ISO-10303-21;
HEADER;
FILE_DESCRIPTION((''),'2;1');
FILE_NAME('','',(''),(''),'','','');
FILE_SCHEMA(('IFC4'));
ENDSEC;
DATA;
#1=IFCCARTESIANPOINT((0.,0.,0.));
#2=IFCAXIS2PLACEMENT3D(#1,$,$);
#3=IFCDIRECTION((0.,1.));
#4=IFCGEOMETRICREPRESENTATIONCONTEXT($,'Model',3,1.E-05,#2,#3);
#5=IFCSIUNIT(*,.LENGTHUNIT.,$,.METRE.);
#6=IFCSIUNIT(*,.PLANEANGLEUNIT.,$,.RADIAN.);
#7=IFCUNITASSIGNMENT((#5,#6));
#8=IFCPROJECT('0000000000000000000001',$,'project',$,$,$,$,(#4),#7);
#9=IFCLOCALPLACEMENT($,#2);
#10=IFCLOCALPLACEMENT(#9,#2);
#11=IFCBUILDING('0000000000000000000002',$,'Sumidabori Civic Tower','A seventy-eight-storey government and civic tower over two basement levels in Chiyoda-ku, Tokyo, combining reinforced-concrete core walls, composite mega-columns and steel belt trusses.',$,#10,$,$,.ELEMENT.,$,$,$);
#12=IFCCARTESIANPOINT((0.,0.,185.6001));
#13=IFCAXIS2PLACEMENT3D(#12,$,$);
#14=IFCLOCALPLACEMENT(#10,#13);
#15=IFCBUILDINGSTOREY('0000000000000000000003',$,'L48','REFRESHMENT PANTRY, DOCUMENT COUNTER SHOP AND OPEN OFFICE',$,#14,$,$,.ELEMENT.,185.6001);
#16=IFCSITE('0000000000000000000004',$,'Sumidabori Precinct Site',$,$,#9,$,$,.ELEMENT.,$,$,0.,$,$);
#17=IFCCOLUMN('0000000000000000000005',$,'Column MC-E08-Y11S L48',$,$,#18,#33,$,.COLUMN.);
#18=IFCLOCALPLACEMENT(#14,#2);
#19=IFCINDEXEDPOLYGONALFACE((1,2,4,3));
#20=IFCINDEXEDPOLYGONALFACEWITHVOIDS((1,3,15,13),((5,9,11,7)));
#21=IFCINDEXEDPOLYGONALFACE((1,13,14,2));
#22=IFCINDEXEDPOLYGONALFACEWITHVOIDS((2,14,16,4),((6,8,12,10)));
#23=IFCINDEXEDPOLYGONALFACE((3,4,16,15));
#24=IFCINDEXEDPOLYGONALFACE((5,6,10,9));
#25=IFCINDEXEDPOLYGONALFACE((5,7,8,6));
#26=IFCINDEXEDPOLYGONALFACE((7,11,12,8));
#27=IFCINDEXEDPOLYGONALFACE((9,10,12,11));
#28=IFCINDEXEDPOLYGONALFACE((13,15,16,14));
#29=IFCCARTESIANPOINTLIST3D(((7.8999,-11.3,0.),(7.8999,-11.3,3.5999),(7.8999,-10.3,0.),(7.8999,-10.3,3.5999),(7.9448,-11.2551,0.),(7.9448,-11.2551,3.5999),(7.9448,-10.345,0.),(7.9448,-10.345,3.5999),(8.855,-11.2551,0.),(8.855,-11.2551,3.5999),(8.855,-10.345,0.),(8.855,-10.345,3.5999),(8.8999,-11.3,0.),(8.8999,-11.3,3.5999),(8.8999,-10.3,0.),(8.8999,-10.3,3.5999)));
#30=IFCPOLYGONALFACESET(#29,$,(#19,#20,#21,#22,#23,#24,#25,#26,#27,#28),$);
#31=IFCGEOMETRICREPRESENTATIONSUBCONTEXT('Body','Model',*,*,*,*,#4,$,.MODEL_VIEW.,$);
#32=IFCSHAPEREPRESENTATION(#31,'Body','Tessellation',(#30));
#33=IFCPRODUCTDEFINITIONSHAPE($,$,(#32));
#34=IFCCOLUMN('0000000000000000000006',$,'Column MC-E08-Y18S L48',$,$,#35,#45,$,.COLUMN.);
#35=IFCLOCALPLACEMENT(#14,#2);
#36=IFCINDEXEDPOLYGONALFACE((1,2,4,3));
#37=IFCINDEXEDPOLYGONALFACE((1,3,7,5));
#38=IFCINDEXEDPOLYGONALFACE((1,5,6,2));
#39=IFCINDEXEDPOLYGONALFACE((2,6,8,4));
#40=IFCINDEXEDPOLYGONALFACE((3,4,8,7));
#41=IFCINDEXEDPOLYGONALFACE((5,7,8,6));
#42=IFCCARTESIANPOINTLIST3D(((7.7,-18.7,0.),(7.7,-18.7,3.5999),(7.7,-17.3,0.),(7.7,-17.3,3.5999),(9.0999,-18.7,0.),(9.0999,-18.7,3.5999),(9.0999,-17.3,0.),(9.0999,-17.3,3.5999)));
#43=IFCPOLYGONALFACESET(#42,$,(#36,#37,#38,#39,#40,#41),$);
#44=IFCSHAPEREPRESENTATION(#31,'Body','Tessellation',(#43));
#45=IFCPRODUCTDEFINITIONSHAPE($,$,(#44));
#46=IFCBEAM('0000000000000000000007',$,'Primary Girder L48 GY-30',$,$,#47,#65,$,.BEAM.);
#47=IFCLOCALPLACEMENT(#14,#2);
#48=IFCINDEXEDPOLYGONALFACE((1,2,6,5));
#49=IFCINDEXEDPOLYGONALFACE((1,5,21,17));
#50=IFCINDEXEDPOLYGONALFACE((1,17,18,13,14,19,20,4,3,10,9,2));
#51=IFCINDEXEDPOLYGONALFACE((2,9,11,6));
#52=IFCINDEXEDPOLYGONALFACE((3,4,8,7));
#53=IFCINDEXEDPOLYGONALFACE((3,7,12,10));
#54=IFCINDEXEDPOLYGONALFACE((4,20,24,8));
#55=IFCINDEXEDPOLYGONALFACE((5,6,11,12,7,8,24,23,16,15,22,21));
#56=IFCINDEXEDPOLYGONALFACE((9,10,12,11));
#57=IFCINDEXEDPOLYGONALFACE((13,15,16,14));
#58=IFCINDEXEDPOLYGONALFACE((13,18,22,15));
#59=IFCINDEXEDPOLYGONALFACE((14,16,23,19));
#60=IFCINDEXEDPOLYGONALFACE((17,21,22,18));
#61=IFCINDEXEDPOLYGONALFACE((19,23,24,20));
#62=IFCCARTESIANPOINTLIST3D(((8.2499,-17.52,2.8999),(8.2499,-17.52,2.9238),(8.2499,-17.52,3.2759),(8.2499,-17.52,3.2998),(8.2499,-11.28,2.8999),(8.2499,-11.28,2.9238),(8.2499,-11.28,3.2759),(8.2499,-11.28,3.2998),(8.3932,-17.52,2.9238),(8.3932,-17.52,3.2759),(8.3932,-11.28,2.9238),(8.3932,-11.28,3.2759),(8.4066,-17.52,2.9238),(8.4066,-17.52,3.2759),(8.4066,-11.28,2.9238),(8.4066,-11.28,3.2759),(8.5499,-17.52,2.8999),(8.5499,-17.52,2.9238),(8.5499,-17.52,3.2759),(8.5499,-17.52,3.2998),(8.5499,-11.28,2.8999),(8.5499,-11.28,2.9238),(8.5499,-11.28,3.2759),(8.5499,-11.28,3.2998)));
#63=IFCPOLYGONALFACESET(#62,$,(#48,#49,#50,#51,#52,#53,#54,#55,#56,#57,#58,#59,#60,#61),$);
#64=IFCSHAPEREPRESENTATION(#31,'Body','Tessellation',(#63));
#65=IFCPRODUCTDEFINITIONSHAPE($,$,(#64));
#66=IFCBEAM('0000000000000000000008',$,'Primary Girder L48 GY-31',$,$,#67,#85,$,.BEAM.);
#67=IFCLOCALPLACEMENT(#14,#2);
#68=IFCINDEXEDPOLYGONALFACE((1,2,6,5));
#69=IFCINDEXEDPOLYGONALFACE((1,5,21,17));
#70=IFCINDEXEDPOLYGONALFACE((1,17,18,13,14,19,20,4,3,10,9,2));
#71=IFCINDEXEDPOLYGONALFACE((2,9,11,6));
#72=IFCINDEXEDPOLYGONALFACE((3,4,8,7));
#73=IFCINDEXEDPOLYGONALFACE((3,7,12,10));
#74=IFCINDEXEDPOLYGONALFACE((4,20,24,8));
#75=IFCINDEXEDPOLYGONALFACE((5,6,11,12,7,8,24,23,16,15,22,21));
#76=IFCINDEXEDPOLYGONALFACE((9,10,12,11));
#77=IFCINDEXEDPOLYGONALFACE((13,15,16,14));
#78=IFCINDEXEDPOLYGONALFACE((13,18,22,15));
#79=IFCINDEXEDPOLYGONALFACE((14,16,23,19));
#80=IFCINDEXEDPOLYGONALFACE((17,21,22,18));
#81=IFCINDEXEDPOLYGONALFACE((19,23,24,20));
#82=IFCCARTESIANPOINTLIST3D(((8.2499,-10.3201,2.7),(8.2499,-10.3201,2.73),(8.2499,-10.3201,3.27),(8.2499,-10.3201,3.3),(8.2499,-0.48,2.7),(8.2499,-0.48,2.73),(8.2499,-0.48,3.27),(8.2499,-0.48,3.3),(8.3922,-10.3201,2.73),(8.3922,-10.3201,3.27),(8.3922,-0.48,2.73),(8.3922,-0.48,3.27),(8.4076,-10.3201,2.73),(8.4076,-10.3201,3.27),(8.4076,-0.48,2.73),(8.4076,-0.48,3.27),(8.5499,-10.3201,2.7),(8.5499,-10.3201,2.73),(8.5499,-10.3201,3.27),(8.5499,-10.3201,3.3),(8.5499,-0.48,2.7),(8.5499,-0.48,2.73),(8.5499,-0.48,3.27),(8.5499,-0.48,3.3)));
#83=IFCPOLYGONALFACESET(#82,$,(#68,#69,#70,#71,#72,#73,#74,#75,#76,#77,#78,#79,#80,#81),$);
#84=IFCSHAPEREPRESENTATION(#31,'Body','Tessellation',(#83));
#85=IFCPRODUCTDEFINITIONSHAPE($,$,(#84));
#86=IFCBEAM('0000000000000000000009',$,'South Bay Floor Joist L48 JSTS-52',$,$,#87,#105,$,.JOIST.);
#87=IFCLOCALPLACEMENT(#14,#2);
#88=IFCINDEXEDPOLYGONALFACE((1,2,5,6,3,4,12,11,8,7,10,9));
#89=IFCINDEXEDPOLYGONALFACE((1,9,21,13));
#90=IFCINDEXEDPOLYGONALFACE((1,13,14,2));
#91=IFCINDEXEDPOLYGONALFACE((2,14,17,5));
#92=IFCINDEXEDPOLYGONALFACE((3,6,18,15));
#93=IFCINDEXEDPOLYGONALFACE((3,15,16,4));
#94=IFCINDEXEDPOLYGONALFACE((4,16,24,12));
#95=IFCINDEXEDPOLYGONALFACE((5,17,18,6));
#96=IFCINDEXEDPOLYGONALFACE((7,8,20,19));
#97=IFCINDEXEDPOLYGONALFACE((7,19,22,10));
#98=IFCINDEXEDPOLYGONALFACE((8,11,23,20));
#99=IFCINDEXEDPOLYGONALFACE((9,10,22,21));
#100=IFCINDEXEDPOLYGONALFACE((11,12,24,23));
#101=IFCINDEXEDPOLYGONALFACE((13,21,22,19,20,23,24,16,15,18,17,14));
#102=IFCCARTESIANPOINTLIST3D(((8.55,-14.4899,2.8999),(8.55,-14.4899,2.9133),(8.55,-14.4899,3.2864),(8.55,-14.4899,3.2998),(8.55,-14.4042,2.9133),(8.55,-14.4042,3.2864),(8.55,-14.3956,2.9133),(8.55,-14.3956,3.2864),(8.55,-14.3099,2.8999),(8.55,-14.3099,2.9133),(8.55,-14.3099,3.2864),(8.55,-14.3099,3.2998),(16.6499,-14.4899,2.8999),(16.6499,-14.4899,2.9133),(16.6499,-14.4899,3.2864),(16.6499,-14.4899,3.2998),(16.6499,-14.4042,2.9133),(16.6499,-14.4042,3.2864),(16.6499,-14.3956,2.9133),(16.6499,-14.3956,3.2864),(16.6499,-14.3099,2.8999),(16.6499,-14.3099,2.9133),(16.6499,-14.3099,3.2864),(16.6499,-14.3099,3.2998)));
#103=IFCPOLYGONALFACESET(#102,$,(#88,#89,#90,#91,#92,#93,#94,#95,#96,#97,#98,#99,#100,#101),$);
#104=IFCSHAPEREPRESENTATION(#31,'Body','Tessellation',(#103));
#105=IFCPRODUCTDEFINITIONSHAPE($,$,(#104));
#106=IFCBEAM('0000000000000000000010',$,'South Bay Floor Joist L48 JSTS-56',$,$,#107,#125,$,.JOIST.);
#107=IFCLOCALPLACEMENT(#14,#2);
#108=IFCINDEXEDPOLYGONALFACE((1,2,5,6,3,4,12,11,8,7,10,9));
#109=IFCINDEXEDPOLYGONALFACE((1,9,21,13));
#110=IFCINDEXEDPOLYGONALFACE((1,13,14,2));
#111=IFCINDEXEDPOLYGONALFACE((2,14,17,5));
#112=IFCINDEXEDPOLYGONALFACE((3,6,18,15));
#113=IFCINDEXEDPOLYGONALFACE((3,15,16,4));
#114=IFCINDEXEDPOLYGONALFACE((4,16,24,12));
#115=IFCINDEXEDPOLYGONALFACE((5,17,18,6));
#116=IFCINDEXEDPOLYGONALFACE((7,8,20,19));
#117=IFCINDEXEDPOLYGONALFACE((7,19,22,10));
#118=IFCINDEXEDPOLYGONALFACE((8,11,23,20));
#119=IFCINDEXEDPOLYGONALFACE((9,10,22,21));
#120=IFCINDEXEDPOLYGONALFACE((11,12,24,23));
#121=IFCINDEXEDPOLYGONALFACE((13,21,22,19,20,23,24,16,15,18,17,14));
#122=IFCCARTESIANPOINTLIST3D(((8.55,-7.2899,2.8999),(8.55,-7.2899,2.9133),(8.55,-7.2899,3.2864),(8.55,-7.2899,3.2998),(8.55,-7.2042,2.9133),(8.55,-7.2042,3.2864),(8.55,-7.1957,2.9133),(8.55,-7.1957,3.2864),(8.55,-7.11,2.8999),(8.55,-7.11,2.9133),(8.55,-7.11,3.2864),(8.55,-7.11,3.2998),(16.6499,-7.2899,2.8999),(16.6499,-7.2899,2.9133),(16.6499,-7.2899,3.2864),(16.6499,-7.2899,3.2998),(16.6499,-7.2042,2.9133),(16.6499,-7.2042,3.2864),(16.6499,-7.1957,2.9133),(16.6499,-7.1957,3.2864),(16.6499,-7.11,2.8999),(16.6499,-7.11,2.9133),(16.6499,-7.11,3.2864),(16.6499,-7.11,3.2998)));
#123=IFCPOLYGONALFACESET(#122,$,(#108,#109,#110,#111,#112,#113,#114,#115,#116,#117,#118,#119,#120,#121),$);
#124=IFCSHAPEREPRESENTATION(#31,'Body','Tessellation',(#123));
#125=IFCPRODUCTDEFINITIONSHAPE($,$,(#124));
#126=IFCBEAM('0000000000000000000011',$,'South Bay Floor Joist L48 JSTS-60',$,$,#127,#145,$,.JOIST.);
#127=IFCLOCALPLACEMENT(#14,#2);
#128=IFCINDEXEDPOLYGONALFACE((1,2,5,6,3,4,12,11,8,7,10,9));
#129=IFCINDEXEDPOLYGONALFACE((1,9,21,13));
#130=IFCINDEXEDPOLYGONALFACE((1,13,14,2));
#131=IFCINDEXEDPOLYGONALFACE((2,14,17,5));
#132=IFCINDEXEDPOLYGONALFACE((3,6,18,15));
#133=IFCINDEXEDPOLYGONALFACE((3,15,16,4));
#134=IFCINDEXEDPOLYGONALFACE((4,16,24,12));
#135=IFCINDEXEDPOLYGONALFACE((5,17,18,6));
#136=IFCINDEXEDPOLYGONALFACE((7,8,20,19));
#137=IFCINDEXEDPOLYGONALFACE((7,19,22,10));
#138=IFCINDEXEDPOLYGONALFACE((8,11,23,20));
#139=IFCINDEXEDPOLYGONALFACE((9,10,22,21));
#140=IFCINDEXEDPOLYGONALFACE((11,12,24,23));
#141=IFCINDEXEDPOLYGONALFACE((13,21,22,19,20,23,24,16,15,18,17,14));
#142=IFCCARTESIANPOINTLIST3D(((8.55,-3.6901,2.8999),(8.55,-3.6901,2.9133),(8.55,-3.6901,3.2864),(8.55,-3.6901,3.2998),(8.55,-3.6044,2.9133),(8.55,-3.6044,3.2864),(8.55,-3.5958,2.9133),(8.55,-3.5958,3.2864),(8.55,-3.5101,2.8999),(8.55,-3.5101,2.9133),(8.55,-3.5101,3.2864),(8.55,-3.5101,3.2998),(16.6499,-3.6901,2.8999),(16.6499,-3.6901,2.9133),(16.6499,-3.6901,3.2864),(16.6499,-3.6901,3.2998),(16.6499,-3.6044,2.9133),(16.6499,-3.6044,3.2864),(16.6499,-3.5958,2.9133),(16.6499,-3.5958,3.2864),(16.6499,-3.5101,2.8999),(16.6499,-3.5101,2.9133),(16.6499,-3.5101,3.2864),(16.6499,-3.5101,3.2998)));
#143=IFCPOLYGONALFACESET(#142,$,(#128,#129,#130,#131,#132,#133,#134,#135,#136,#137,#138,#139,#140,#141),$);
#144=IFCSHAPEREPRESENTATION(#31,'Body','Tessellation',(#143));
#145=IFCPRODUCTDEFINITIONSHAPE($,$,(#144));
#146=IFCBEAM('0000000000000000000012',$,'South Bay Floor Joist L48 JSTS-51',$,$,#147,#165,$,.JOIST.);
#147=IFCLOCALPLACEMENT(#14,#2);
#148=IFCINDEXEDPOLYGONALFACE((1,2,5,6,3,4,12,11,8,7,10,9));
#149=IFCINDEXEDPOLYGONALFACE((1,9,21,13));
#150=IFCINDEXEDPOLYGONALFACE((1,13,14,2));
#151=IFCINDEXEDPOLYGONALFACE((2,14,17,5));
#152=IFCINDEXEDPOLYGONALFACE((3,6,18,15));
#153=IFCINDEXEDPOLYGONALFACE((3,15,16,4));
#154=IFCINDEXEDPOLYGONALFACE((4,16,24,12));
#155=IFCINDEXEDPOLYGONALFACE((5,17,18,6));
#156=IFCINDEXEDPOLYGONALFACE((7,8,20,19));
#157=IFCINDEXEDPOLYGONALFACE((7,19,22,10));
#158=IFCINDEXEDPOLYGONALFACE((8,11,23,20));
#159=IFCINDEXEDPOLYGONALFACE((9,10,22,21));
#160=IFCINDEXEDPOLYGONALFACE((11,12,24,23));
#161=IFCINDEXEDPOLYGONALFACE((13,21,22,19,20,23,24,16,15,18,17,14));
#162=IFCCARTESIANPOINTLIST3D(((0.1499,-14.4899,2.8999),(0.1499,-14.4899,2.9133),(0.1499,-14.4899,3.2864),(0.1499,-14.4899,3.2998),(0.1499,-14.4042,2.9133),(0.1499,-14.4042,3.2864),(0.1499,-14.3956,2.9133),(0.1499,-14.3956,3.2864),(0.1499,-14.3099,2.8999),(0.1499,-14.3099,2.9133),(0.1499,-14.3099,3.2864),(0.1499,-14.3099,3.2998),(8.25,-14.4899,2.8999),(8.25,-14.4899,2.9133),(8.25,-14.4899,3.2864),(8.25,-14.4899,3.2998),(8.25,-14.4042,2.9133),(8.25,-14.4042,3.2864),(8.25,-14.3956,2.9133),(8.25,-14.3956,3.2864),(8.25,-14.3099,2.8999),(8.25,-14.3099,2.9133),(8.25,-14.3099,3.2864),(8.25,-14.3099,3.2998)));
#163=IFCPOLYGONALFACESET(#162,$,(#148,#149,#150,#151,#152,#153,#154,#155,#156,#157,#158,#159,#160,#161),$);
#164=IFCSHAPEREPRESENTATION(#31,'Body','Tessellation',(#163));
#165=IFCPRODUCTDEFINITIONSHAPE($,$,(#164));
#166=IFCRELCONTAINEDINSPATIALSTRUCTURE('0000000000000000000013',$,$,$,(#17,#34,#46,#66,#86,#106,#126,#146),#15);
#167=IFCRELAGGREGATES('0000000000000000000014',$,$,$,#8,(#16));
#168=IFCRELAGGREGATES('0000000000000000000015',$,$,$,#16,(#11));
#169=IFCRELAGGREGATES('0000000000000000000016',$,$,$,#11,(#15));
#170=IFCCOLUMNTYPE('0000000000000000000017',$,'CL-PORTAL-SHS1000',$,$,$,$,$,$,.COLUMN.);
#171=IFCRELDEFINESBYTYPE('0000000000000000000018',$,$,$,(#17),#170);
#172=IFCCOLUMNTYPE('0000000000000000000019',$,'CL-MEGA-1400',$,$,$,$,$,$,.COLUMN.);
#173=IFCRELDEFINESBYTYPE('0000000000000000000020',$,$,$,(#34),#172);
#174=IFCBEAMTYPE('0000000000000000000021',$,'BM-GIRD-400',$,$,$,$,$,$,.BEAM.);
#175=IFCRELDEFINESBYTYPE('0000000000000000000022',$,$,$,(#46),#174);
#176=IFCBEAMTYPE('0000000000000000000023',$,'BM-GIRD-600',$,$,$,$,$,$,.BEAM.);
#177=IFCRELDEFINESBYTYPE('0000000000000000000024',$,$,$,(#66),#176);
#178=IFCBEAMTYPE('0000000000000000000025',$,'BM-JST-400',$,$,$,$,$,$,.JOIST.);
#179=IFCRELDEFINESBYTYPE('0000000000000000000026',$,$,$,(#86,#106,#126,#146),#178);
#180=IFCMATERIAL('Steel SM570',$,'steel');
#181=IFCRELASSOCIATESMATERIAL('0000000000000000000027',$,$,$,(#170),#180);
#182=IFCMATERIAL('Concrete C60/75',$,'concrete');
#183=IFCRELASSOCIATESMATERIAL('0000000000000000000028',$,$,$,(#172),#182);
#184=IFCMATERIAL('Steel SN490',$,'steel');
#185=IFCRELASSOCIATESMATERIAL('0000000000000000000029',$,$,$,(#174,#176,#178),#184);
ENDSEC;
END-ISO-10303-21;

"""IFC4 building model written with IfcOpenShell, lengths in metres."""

from ifc_helpers import new_model, si_unit, direction, frame, origin, origin_2d, place, context, subcontext, project, spatial, rectangle, hollow_rectangle, i_section, extrude, source, transform, mapped, material, material_profile, profile_set, type_object, element, save


model = new_model("IFC4")

# Units and contexts
model_context = context("Model", 3, precision=1e-05, world=origin(), true_north=direction((0.0, 1.0)))
body_context = subcontext(model_context, "Body", "Model", "MODEL_VIEW")
ifc_project = project(units=[si_unit("LENGTHUNIT", "METRE"), si_unit("PLANEANGLEUNIT", "RADIAN")], contexts=[model_context])

# Site, building, storey
site_placement = place(None, origin())
site = spatial("IfcSite", under=ifc_project, at=site_placement, Name="Sumidabori Precinct Site", CompositionType="ELEMENT", RefElevation=0.0)
building_placement = place(site_placement, origin())
building = spatial("IfcBuilding", under=site, at=building_placement, Name="Sumidabori Civic Tower", Description="A seventy-eight-storey government and civic tower over two basement levels in Chiyoda-ku, Tokyo, combining reinforced-concrete core walls, composite mega-columns and steel belt trusses.", CompositionType="ELEMENT")
storey_placement = place(building_placement, frame((0.0, 0.0, 185.6001)))
storey = spatial("IfcBuildingStorey", under=building, at=storey_placement, Name="L48", Description="REFRESHMENT PANTRY, DOCUMENT COUNTER SHOP AND OPEN OFFICE", CompositionType="ELEMENT", Elevation=185.6001)

# Columns
ifc_material_1 = material(Name="Steel SM570", Category="steel")
ifc_material_profile_1 = material_profile(ifc_material_1, hollow_rectangle(XDim=1.0, YDim=1.0, WallThickness=0.0449, at=origin_2d()), Name="SHS 1000x1000x45")
ifc_profile_set_1 = profile_set([ifc_material_profile_1], Name="Steel SM570")
column_type_1 = type_object("IfcColumnType", Name="CL-PORTAL-SHS1000", PredefinedType="COLUMN", material=ifc_profile_set_1)
shared_shape_1 = source(origin(), body_context, "Body", "SweptSolid", [
    extrude(hollow_rectangle(XDim=1.0, YDim=1.0, WallThickness=0.0449, at=origin_2d()), origin(), (0.0, 0.0, 1.0), 3.5999),
])
column_1_placement = place(storey_placement, frame((8.3999, -10.8, 0.0), z_axis=(0.0, 0.0, 1.0), x_axis=(1.0, 0.0, 0.0)))
element("IfcColumn", 1, at=column_1_placement, inside=storey, type_object=column_type_1, Name="Column MC-E08-Y11S L48", PredefinedType="COLUMN", context=body_context, shape_type="MappedRepresentation", body=[
    mapped(shared_shape_1, transform((0.0, 0.0, 0.0), x_axis=(1.0, 0.0, 0.0), y_axis=(0.0, 1.0, 0.0), z_axis=(0.0, 0.0, 1.0), scale=1.0)),
])
ifc_material_2 = material(Name="Concrete C60/75", Category="concrete")
ifc_material_profile_2 = material_profile(ifc_material_2, rectangle(XDim=1.3999, YDim=1.3999, at=origin_2d()), Name="RC 1400x1400")
ifc_profile_set_2 = profile_set([ifc_material_profile_2], Name="Concrete C60/75")
column_type_2 = type_object("IfcColumnType", Name="CL-MEGA-1400", PredefinedType="COLUMN", material=ifc_profile_set_2)
shared_shape_2 = source(origin(), body_context, "Body", "SweptSolid", [
    extrude(rectangle(XDim=1.3999, YDim=1.3999, at=origin_2d()), origin(), (0.0, 0.0, 1.0), 3.5999),
])
column_2_placement = place(storey_placement, frame((8.3999, -18.0, 0.0), z_axis=(0.0, 0.0, 1.0), x_axis=(1.0, 0.0, 0.0)))
element("IfcColumn", 2, at=column_2_placement, inside=storey, type_object=column_type_2, Name="Column MC-E08-Y18S L48", PredefinedType="COLUMN", context=body_context, shape_type="MappedRepresentation", body=[
    mapped(shared_shape_2, transform((0.0, 0.0, 0.0), x_axis=(1.0, 0.0, 0.0), y_axis=(0.0, 1.0, 0.0), z_axis=(0.0, 0.0, 1.0), scale=1.0)),
])

# Beams
ifc_material_3 = material(Name="Steel SN490", Category="steel")
ifc_material_profile_3 = material_profile(ifc_material_3, i_section(OverallWidth=0.3, OverallDepth=0.3999, WebThickness=0.0134, FlangeThickness=0.0239, at=origin_2d()), Name="HE 400 B")
ifc_profile_set_3 = profile_set([ifc_material_profile_3], Name="Steel SN490")
beam_type_1 = type_object("IfcBeamType", Name="BM-GIRD-400", PredefinedType="BEAM", material=ifc_profile_set_3)
shared_shape_3 = source(origin(), body_context, "Body", "SweptSolid", [
    extrude(i_section(OverallWidth=0.3, OverallDepth=0.3999, WebThickness=0.0134, FlangeThickness=0.0239, at=origin_2d()), origin(), (0.0, 0.0, 1.0), 6.24),
])
beam_1_placement = place(storey_placement, frame((8.3999, -17.52, 3.0999), z_axis=(0.0, 1.0, 0.0), x_axis=(-1.0, 0.0, 0.0)))
element("IfcBeam", 3, at=beam_1_placement, inside=storey, type_object=beam_type_1, Name="Primary Girder L48 GY-30", PredefinedType="BEAM", context=body_context, shape_type="MappedRepresentation", body=[
    mapped(shared_shape_3, transform((0.0, 0.0, 0.0), x_axis=(1.0, 0.0, 0.0), y_axis=(0.0, 1.0, 0.0), z_axis=(0.0, 0.0, 1.0), scale=1.0)),
])
ifc_material_profile_4 = material_profile(ifc_material_3, i_section(OverallWidth=0.3, OverallDepth=0.6001, WebThickness=0.0154, FlangeThickness=0.03, at=origin_2d()), Name="HE 600 B")
ifc_profile_set_4 = profile_set([ifc_material_profile_4], Name="Steel SN490")
beam_type_2 = type_object("IfcBeamType", Name="BM-GIRD-600", PredefinedType="BEAM", material=ifc_profile_set_4)
shared_shape_4 = source(origin(), body_context, "Body", "SweptSolid", [
    extrude(i_section(OverallWidth=0.3, OverallDepth=0.6001, WebThickness=0.0154, FlangeThickness=0.03, at=origin_2d()), origin(), (0.0, 0.0, 1.0), 9.8401),
])
beam_2_placement = place(storey_placement, frame((8.3999, -10.3201, 3.0), z_axis=(0.0, 1.0, 0.0), x_axis=(-1.0, 0.0, 0.0)))
element("IfcBeam", 4, at=beam_2_placement, inside=storey, type_object=beam_type_2, Name="Primary Girder L48 GY-31", PredefinedType="BEAM", context=body_context, shape_type="MappedRepresentation", body=[
    mapped(shared_shape_4, transform((0.0, 0.0, 0.0), x_axis=(1.0, 0.0, 0.0), y_axis=(0.0, 1.0, 0.0), z_axis=(0.0, 0.0, 1.0), scale=1.0)),
])
ifc_material_profile_5 = material_profile(ifc_material_3, i_section(OverallWidth=0.1799, OverallDepth=0.3999, WebThickness=0.0085, FlangeThickness=0.0134, at=origin_2d()), Name="IPE 400")
ifc_profile_set_5 = profile_set([ifc_material_profile_5], Name="Steel SN490")
beam_type_3 = type_object("IfcBeamType", Name="BM-JST-400", PredefinedType="JOIST", material=ifc_profile_set_5)
shared_shape_5 = source(origin(), body_context, "Body", "SweptSolid", [
    extrude(i_section(OverallWidth=0.1799, OverallDepth=0.3999, WebThickness=0.0085, FlangeThickness=0.0134, at=origin_2d()), origin(), (0.0, 0.0, 1.0), 8.0999),
])
for number, where, z_axis, x_axis, name in (
    (5, (8.55, -14.3999, 3.0999), (1.0, 0.0, 0.0), (0.0, 1.0, 0.0), "South Bay Floor Joist L48 JSTS-52"),
    (6, (8.55, -7.2, 3.0999), (1.0, 0.0, 0.0), (0.0, 1.0, 0.0), "South Bay Floor Joist L48 JSTS-56"),
    (7, (8.55, -3.6001, 3.0999), (1.0, 0.0, 0.0), (0.0, 1.0, 0.0), "South Bay Floor Joist L48 JSTS-60"),
):
    element("IfcBeam", number, at=place(storey_placement, frame(where, z_axis=z_axis, x_axis=x_axis)), inside=storey, type_object=beam_type_3, Name=name, PredefinedType="JOIST", context=body_context, shape_type="MappedRepresentation", body=[
        mapped(shared_shape_5, transform((0.0, 0.0, 0.0), x_axis=(1.0, 0.0, 0.0), y_axis=(0.0, 1.0, 0.0), z_axis=(0.0, 0.0, 1.0), scale=1.0)),
    ])
shared_shape_6 = source(origin(), body_context, "Body", "SweptSolid", [
    extrude(i_section(OverallWidth=0.1799, OverallDepth=0.3999, WebThickness=0.0085, FlangeThickness=0.0134, at=origin_2d()), origin(), (0.0, 0.0, 1.0), 8.1001),
])
for number, where, z_axis, x_axis, name in (
    (8, (0.1499, -14.3999, 3.0999), (1.0, 0.0, 0.0), (0.0, 1.0, 0.0), "South Bay Floor Joist L48 JSTS-51"),
):
    element("IfcBeam", number, at=place(storey_placement, frame(where, z_axis=z_axis, x_axis=x_axis)), inside=storey, type_object=beam_type_3, Name=name, PredefinedType="JOIST", context=body_context, shape_type="MappedRepresentation", body=[
        mapped(shared_shape_6, transform((0.0, 0.0, 0.0), x_axis=(1.0, 0.0, 0.0), y_axis=(0.0, 1.0, 0.0), z_axis=(0.0, 0.0, 1.0), scale=1.0)),
    ])

save(model, "model.ifc")
